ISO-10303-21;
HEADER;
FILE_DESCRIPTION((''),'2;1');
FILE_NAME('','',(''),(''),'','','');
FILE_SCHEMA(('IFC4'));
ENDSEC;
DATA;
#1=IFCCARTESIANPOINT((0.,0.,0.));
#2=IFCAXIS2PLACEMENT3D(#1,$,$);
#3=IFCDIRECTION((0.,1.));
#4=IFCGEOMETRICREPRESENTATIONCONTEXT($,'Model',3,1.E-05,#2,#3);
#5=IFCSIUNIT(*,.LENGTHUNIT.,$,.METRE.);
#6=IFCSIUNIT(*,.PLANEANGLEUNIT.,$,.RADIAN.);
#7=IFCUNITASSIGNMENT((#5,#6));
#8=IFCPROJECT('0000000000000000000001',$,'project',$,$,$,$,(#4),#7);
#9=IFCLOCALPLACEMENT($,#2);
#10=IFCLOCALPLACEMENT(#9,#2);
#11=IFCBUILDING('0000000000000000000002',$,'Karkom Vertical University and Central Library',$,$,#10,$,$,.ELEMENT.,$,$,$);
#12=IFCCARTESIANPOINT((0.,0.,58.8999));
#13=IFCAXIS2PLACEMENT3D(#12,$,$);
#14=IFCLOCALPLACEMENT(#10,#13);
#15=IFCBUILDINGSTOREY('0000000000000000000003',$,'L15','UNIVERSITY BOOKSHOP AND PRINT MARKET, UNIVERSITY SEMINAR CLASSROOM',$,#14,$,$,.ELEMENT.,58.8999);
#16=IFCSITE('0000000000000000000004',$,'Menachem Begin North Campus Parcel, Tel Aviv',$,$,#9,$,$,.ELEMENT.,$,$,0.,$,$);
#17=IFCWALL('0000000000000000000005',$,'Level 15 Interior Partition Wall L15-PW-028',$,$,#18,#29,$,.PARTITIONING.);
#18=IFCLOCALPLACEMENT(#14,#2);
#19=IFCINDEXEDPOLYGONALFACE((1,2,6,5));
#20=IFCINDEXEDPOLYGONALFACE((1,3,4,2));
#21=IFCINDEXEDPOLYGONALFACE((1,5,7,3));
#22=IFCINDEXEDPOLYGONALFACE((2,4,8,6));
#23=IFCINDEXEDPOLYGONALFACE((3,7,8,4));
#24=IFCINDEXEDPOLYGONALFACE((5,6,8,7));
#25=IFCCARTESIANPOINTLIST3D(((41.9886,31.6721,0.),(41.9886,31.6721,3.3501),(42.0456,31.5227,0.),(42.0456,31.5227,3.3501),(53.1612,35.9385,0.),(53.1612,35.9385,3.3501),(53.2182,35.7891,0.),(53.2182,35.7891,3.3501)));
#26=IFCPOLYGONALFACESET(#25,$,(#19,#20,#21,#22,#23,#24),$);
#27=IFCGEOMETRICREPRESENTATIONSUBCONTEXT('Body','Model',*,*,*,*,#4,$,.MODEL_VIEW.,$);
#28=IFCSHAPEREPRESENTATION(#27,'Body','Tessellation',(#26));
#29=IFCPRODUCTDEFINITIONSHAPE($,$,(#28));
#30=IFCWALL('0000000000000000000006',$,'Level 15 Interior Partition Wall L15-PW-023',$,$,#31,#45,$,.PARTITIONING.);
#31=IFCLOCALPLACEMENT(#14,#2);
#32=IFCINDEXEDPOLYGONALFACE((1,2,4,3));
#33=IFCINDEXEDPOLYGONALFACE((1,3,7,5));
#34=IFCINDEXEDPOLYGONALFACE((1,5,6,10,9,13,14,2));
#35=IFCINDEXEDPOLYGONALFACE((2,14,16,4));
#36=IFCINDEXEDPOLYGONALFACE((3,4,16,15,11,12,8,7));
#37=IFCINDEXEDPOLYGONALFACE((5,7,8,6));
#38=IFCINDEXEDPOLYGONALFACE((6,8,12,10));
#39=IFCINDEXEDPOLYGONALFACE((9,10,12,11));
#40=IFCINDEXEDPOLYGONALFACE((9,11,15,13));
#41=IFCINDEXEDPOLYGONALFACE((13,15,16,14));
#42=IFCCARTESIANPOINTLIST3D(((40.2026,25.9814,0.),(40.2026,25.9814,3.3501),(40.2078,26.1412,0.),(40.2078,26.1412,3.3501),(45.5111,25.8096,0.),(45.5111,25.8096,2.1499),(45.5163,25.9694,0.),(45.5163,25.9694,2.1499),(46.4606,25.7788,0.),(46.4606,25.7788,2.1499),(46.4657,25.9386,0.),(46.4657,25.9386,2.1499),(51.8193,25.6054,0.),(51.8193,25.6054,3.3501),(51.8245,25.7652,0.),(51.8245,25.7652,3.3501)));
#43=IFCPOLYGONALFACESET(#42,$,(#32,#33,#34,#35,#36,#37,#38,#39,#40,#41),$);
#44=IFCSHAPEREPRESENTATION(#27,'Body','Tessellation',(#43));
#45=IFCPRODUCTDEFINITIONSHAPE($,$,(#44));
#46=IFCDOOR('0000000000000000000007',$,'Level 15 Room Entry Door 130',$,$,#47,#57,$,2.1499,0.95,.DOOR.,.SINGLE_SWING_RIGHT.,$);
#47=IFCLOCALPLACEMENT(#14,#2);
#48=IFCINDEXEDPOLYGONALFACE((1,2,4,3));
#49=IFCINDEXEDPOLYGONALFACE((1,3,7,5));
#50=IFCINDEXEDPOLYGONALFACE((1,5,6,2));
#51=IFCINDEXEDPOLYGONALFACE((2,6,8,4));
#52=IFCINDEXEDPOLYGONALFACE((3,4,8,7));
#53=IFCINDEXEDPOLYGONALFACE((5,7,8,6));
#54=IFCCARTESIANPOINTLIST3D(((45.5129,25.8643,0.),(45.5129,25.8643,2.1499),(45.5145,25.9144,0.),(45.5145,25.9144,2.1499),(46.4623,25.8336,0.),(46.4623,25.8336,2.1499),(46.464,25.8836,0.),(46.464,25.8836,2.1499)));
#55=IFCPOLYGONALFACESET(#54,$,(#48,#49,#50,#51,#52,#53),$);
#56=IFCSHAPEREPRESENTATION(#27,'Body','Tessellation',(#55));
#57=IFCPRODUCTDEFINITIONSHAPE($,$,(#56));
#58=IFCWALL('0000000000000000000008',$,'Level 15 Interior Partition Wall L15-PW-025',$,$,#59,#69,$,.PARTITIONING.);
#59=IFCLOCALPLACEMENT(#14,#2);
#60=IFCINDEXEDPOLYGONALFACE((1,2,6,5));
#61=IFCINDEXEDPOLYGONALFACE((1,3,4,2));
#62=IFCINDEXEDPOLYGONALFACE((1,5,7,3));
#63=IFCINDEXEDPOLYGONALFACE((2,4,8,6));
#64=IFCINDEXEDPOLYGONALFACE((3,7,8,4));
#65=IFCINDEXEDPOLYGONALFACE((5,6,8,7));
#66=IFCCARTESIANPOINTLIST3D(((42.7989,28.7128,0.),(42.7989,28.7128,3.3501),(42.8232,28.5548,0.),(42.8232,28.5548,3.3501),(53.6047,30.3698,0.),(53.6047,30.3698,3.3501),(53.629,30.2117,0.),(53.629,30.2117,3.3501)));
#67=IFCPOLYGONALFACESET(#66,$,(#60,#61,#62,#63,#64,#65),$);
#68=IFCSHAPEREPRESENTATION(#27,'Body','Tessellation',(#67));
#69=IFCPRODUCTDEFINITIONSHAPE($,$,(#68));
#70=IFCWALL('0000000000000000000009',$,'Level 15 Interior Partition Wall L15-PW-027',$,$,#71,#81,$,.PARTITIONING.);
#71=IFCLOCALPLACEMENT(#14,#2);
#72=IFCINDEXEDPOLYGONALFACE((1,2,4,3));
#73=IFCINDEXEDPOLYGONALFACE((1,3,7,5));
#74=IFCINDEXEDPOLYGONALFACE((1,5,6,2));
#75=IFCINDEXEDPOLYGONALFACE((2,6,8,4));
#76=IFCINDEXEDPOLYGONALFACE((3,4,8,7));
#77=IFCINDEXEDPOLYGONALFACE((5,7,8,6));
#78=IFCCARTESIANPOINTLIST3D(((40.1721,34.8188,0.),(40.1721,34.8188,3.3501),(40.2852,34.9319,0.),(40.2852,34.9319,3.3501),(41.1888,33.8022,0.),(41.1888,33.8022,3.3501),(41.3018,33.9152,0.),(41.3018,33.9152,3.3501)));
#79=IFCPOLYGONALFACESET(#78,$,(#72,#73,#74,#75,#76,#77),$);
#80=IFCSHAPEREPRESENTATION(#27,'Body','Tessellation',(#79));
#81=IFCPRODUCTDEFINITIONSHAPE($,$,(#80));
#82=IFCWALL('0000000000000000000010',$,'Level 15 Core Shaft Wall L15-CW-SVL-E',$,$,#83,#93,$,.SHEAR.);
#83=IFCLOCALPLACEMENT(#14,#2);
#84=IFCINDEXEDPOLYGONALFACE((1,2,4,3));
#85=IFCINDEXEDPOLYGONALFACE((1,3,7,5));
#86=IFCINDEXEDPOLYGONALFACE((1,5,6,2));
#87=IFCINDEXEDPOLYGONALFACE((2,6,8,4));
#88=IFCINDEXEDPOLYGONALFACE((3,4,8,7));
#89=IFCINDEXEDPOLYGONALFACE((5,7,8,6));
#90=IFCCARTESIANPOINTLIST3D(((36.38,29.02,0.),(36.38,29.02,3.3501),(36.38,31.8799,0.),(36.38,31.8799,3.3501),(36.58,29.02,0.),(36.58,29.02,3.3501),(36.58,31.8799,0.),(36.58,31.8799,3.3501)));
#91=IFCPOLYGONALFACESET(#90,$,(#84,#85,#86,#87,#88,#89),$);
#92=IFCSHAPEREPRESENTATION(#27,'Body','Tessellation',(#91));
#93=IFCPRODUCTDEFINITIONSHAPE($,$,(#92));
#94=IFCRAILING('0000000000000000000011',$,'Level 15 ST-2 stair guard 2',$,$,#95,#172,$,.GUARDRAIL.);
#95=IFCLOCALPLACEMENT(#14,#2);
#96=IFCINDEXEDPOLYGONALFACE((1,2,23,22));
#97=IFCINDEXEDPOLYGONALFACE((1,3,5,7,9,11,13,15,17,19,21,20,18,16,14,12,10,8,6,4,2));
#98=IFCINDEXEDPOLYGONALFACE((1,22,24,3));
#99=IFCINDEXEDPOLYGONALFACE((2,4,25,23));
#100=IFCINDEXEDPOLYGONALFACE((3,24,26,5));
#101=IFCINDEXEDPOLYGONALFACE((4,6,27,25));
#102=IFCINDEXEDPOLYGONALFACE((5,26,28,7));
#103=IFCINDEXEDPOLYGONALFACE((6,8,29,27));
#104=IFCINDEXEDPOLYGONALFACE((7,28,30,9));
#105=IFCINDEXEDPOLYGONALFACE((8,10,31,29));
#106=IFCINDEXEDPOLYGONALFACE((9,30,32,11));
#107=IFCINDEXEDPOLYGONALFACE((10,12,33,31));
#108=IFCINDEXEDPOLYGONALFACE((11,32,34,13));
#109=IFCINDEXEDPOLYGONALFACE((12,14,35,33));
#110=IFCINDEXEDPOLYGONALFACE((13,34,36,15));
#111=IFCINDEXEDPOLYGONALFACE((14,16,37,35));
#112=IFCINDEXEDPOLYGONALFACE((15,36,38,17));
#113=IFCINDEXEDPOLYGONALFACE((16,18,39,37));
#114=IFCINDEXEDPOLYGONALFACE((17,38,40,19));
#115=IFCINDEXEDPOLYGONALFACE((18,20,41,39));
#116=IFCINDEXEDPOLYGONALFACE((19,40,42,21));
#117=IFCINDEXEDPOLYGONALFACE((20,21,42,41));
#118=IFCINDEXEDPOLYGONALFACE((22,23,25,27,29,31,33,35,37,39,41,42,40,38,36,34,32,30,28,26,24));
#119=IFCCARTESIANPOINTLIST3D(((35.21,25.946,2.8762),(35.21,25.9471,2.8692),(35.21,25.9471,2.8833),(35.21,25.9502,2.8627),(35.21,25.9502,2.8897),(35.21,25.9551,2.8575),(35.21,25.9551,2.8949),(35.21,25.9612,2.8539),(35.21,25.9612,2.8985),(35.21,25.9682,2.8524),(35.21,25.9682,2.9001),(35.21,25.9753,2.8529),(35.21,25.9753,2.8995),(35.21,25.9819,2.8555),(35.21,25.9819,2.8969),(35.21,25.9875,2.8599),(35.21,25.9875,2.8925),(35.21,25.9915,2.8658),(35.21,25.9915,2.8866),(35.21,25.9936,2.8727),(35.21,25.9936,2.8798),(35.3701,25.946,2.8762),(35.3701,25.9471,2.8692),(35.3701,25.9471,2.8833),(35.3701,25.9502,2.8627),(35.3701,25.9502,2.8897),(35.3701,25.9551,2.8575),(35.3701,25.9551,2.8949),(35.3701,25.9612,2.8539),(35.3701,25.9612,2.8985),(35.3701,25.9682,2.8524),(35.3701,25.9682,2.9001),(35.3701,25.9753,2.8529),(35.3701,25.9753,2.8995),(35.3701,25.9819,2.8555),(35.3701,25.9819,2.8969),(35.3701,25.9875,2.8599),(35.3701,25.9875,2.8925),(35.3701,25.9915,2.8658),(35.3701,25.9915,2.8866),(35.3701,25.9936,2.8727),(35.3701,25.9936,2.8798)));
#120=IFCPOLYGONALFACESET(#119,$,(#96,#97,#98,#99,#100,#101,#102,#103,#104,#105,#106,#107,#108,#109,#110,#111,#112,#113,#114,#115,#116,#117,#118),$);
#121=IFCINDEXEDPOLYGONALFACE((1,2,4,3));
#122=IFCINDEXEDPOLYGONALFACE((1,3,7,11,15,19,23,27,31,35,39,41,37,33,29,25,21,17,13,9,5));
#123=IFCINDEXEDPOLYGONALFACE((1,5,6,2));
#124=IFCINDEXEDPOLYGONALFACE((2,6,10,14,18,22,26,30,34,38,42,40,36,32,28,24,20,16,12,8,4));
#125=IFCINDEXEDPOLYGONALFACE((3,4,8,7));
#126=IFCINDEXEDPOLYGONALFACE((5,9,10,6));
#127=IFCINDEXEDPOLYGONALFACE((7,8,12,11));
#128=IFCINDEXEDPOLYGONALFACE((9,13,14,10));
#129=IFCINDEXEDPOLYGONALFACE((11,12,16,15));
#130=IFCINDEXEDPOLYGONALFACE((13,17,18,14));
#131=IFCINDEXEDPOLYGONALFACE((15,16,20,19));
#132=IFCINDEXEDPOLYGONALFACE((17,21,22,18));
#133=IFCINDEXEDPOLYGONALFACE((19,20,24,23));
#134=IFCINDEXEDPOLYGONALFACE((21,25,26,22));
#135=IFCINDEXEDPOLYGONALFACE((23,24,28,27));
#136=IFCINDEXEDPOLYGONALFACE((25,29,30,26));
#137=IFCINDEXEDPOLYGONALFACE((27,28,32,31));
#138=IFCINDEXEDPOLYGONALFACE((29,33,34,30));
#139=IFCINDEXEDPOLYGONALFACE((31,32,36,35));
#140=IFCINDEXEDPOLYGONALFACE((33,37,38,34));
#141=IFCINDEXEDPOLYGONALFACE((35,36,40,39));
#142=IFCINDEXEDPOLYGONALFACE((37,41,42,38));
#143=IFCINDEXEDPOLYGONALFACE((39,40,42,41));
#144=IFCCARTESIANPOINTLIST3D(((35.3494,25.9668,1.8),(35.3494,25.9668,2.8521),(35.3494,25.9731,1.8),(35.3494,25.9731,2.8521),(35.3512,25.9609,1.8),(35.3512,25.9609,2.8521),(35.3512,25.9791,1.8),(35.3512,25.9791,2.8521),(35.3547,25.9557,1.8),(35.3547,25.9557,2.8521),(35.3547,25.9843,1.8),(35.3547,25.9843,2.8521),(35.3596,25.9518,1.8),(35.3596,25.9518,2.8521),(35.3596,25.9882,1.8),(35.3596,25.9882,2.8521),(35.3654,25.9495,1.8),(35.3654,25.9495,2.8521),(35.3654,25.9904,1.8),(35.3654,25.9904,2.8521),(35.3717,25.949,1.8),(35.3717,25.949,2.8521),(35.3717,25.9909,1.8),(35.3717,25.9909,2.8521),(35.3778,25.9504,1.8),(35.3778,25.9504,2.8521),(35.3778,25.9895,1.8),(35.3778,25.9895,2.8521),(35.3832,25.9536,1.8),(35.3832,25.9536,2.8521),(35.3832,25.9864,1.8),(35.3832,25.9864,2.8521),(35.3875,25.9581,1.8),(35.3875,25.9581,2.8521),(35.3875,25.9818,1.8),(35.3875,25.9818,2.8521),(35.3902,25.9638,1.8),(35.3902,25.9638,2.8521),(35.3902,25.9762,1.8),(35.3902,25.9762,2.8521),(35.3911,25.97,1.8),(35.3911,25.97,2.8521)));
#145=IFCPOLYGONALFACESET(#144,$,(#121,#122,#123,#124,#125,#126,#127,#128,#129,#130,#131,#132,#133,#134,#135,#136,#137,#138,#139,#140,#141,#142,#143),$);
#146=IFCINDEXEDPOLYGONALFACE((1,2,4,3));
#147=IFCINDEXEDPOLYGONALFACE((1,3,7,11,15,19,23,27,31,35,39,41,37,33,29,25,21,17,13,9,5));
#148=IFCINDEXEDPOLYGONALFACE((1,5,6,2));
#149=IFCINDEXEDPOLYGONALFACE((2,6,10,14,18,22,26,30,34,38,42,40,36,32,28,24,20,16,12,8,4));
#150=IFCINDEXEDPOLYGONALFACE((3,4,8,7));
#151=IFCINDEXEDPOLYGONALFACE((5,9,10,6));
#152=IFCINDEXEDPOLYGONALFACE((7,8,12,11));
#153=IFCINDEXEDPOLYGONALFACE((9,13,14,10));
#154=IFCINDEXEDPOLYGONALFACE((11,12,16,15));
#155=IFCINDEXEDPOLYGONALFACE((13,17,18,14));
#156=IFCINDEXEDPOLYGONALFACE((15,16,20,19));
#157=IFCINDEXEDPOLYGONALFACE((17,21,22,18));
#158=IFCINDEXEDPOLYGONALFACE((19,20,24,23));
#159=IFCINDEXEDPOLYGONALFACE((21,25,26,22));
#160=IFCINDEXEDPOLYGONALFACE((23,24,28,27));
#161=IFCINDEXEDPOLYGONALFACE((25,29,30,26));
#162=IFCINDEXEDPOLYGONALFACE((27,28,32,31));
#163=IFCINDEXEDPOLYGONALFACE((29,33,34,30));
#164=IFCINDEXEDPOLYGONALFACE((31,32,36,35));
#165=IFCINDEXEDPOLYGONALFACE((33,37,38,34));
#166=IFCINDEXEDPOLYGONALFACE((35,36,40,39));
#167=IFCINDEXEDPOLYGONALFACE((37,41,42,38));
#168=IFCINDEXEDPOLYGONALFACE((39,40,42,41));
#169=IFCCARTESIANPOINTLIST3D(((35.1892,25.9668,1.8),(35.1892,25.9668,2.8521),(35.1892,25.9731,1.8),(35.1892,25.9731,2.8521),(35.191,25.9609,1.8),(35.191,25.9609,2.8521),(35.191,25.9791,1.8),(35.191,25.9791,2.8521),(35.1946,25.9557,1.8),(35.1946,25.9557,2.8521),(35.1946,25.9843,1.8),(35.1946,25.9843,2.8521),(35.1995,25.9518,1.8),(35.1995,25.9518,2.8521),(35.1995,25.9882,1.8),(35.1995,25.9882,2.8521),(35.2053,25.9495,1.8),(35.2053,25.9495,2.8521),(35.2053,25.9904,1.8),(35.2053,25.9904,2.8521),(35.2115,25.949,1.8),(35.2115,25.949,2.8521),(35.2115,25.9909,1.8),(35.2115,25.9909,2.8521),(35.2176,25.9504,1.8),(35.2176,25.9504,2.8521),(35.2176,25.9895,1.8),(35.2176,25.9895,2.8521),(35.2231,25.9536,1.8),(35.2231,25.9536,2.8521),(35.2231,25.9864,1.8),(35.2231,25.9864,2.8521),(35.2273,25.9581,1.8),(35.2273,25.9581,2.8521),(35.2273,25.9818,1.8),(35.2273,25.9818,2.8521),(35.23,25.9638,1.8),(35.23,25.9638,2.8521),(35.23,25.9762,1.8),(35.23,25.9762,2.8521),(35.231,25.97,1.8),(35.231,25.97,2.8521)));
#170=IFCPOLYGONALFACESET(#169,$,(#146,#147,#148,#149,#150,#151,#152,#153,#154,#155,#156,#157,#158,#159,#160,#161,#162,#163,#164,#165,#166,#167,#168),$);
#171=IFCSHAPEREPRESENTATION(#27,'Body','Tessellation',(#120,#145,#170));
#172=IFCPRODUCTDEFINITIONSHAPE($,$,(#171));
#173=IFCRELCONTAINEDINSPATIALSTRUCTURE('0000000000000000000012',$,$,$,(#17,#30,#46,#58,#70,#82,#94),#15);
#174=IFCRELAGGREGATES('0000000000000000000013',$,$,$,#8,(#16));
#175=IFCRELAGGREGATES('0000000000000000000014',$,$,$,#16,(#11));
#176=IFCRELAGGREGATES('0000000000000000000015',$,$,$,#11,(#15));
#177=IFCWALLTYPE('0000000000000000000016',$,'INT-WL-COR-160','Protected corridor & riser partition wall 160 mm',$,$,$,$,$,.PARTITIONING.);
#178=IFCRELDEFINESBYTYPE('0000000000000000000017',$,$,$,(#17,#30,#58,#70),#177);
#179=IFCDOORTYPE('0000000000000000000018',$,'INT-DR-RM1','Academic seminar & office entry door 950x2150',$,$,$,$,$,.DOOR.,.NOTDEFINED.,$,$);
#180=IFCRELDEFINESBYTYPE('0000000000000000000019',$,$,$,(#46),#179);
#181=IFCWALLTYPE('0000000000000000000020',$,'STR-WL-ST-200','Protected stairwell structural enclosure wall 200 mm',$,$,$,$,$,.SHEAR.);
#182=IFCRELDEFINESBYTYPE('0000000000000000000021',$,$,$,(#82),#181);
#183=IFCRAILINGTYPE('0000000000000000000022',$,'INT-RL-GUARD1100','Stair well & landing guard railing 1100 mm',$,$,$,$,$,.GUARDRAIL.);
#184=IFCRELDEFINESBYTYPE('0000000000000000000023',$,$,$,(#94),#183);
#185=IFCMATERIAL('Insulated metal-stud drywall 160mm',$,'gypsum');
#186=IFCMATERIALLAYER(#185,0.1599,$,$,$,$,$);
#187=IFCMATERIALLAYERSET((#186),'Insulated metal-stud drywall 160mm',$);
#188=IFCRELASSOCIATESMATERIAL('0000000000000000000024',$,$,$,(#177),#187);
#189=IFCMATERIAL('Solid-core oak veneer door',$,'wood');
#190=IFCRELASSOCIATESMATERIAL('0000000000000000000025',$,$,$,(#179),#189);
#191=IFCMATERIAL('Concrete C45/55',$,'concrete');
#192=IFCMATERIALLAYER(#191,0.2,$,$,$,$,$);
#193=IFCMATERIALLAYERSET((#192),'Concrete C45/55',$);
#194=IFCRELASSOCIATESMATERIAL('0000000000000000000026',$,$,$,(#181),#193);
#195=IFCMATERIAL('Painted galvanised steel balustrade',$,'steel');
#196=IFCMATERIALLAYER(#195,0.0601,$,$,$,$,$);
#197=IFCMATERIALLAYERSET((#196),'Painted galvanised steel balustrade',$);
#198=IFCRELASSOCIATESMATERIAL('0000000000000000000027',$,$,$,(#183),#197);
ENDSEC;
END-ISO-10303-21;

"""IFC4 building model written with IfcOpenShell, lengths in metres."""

from ifc_helpers import new_model, si_unit, direction, frame, frame_2d, origin, origin_with_axes, origin_2d, place, context, subcontext, project, spatial, rectangle, circle, extrude, source, transform, mapped, material, layer, layer_set, type_object, element, fill, save


model = new_model("IFC4")

# Units and contexts
model_context = context("Model", 3, precision=1e-05, world=origin(), true_north=direction((0.0, 1.0)))
body_context = subcontext(model_context, "Body", "Model", "MODEL_VIEW")
ifc_project = project(units=[si_unit("LENGTHUNIT", "METRE"), si_unit("PLANEANGLEUNIT", "RADIAN")], contexts=[model_context])

# Site, building, storey
site_placement = place(None, origin())
site = spatial("IfcSite", under=ifc_project, at=site_placement, Name="Menachem Begin North Campus Parcel, Tel Aviv", CompositionType="ELEMENT", RefElevation=0.0)
building_placement = place(site_placement, origin())
building = spatial("IfcBuilding", under=site, at=building_placement, Name="Karkom Vertical University and Central Library", CompositionType="ELEMENT")
storey_placement = place(building_placement, frame((0.0, 0.0, 58.8999)))
storey = spatial("IfcBuildingStorey", under=building, at=storey_placement, Name="L15", Description="UNIVERSITY BOOKSHOP AND PRINT MARKET, UNIVERSITY SEMINAR CLASSROOM", CompositionType="ELEMENT", Elevation=58.8999)

# Wall
ifc_material_1 = material(Name="Insulated metal-stud drywall 160mm", Category="gypsum")
ifc_layer_1 = layer(ifc_material_1, 0.1599)
ifc_layer_set_1 = layer_set([ifc_layer_1], Name="Insulated metal-stud drywall 160mm")
wall_type_1 = type_object("IfcWallType", Name="INT-WL-COR-160", Description="Protected corridor & riser partition wall 160 mm", PredefinedType="PARTITIONING", material=ifc_layer_set_1)
wall_1_placement = place(storey_placement, frame((42.0171, 31.5974, 0.0), z_axis=(0.0, 0.0, 1.0), x_axis=(0.934206, 0.356735, 0.0)))
element("IfcWall", 1, at=wall_1_placement, inside=storey, type_object=wall_type_1, Name="Level 15 Interior Partition Wall L15-PW-028", PredefinedType="PARTITIONING", context=body_context, shape_type="SweptSolid", body=[
    extrude(rectangle(XDim=11.9595, YDim=0.1599, at=frame_2d((5.9797, 0.0))), origin(), (0.0, 0.0, 1.0), 3.3501),
])

# Wall, opening, door
wall_2_placement = place(storey_placement, frame((40.2051, 26.0613, 0.0), z_axis=(0.0, 0.0, 1.0), x_axis=(0.999477, -0.032348, 0.0)))
wall_2 = element("IfcWall", 2, at=wall_2_placement, inside=storey, type_object=wall_type_1, Name="Level 15 Interior Partition Wall L15-PW-023", PredefinedType="PARTITIONING", context=body_context, shape_type="SweptSolid", body=[
    extrude(rectangle(XDim=11.6228, YDim=0.1599, at=frame_2d((5.8115, 0.0))), origin(), (0.0, 0.0, 1.0), 3.3501),
])
opening_1_placement = place(wall_2_placement, frame((5.3113, 0.0, 0.0)))
opening_1 = element("IfcOpeningElement", 3, at=opening_1_placement, cuts=wall_2, PredefinedType="OPENING", context=body_context, shape_type="SweptSolid", body=[
    extrude(rectangle(XDim=0.95, YDim=2.1499, at=frame_2d((0.4751, 1.075))), frame((0.0, 0.0898, 0.0), z_axis=(0.0, -1.0, 0.0), x_axis=(1.0, 0.0, 0.0)), (0.0, 0.0, 1.0), 0.1799),
])
ifc_material_2 = material(Name="Solid-core oak veneer door", Category="wood")
door_type_1 = type_object("IfcDoorType", Name="INT-DR-RM1", Description="Academic seminar & office entry door 950x2150", OperationType="NOTDEFINED", PredefinedType="DOOR", material=ifc_material_2)
shared_shape_1 = source(origin_with_axes(), body_context, "Body", "SweptSolid", [
    extrude(rectangle(XDim=0.95, YDim=2.1499, at=frame_2d((0.4751, 1.075))), frame((0.0, 0.0249, 0.0), z_axis=(0.0, -1.0, 0.0), x_axis=(1.0, 0.0, 0.0)), (0.0, 0.0, 1.0), 0.05),
])
door_1_placement = place(opening_1_placement, origin())
door_1 = element("IfcDoor", 4, at=door_1_placement, inside=storey, type_object=door_type_1, Name="Level 15 Room Entry Door 130", OperationType="SINGLE_SWING_RIGHT", OverallHeight=2.1499, OverallWidth=0.95, PredefinedType="DOOR", context=body_context, shape_type="MappedRepresentation", body=[
    mapped(shared_shape_1, transform((0.0, 0.0, 0.0), scale=1.0)),
])
fill(opening_1, door_1)

# Wall
wall_3_placement = place(storey_placement, frame((42.811, 28.6338, 0.0), z_axis=(0.0, 0.0, 1.0), x_axis=(0.988447, 0.151569, 0.0)))
element("IfcWall", 5, at=wall_3_placement, inside=storey, type_object=wall_type_1, Name="Level 15 Interior Partition Wall L15-PW-025", PredefinedType="PARTITIONING", context=body_context, shape_type="SweptSolid", body=[
    extrude(rectangle(XDim=10.9321, YDim=0.1599, at=frame_2d((5.4661, 0.0))), origin(), (0.0, 0.0, 1.0), 3.3501),
])

# Wall
wall_4_placement = place(storey_placement, frame((40.2288, 34.8752, 0.0), z_axis=(0.0, 0.0, 1.0), x_axis=(0.707107, -0.707107, 0.0)))
element("IfcWall", 6, at=wall_4_placement, inside=storey, type_object=wall_type_1, Name="Level 15 Interior Partition Wall L15-PW-027", PredefinedType="PARTITIONING", context=body_context, shape_type="SweptSolid", body=[
    extrude(rectangle(XDim=1.4377, YDim=0.1599, at=frame_2d((0.7188, 0.0))), origin(), (0.0, 0.0, 1.0), 3.3501),
])

# Wall
ifc_material_3 = material(Name="Concrete C45/55", Category="concrete")
ifc_layer_2 = layer(ifc_material_3, 0.2)
ifc_layer_set_2 = layer_set([ifc_layer_2], Name="Concrete C45/55")
wall_type_2 = type_object("IfcWallType", Name="STR-WL-ST-200", Description="Protected stairwell structural enclosure wall 200 mm", PredefinedType="SHEAR", material=ifc_layer_set_2)
wall_5_placement = place(storey_placement, frame((36.48, 29.02, 0.0), z_axis=(0.0, 0.0, 1.0), x_axis=(0.0, 1.0, 0.0)))
element("IfcWall", 7, at=wall_5_placement, inside=storey, type_object=wall_type_2, Name="Level 15 Core Shaft Wall L15-CW-SVL-E", PredefinedType="SHEAR", context=body_context, shape_type="SweptSolid", body=[
    extrude(rectangle(XDim=2.8599, YDim=0.2, at=frame_2d((1.4299, 0.0))), origin(), (0.0, 0.0, 1.0), 3.3501),
])

# Railing
ifc_material_4 = material(Name="Painted galvanised steel balustrade", Category="steel")
ifc_layer_3 = layer(ifc_material_4, 0.0601)
ifc_layer_set_3 = layer_set([ifc_layer_3], Name="Painted galvanised steel balustrade")
railing_type = type_object("IfcRailingType", Name="INT-RL-GUARD1100", Description="Stair well & landing guard railing 1100 mm", PredefinedType="GUARDRAIL", material=ifc_layer_set_3)
railing_placement = place(storey_placement, frame((35.3701, 25.97, 1.8)))
element("IfcRailing", 8, at=railing_placement, inside=storey, type_object=railing_type, Name="Level 15 ST-2 stair guard 2", PredefinedType="GUARDRAIL", context=body_context, shape_type="SweptSolid", body=[
    extrude(circle(Radius=0.0239, at=origin_2d()), frame((0.0, 0.0, 1.0762), z_axis=(-1.0, 0.0, 0.0), x_axis=(0.0, -1.0, 0.0)), (0.0, 0.0, 1.0), 0.1602),
    extrude(circle(Radius=0.021, at=origin_2d()), origin(), (0.0, 0.0, 1.0), 1.052),
    extrude(circle(Radius=0.021, at=origin_2d()), frame((-0.1602, 0.0, 0.0)), (0.0, 0.0, 1.0), 1.052),
])

save(model, "model.ifc")
